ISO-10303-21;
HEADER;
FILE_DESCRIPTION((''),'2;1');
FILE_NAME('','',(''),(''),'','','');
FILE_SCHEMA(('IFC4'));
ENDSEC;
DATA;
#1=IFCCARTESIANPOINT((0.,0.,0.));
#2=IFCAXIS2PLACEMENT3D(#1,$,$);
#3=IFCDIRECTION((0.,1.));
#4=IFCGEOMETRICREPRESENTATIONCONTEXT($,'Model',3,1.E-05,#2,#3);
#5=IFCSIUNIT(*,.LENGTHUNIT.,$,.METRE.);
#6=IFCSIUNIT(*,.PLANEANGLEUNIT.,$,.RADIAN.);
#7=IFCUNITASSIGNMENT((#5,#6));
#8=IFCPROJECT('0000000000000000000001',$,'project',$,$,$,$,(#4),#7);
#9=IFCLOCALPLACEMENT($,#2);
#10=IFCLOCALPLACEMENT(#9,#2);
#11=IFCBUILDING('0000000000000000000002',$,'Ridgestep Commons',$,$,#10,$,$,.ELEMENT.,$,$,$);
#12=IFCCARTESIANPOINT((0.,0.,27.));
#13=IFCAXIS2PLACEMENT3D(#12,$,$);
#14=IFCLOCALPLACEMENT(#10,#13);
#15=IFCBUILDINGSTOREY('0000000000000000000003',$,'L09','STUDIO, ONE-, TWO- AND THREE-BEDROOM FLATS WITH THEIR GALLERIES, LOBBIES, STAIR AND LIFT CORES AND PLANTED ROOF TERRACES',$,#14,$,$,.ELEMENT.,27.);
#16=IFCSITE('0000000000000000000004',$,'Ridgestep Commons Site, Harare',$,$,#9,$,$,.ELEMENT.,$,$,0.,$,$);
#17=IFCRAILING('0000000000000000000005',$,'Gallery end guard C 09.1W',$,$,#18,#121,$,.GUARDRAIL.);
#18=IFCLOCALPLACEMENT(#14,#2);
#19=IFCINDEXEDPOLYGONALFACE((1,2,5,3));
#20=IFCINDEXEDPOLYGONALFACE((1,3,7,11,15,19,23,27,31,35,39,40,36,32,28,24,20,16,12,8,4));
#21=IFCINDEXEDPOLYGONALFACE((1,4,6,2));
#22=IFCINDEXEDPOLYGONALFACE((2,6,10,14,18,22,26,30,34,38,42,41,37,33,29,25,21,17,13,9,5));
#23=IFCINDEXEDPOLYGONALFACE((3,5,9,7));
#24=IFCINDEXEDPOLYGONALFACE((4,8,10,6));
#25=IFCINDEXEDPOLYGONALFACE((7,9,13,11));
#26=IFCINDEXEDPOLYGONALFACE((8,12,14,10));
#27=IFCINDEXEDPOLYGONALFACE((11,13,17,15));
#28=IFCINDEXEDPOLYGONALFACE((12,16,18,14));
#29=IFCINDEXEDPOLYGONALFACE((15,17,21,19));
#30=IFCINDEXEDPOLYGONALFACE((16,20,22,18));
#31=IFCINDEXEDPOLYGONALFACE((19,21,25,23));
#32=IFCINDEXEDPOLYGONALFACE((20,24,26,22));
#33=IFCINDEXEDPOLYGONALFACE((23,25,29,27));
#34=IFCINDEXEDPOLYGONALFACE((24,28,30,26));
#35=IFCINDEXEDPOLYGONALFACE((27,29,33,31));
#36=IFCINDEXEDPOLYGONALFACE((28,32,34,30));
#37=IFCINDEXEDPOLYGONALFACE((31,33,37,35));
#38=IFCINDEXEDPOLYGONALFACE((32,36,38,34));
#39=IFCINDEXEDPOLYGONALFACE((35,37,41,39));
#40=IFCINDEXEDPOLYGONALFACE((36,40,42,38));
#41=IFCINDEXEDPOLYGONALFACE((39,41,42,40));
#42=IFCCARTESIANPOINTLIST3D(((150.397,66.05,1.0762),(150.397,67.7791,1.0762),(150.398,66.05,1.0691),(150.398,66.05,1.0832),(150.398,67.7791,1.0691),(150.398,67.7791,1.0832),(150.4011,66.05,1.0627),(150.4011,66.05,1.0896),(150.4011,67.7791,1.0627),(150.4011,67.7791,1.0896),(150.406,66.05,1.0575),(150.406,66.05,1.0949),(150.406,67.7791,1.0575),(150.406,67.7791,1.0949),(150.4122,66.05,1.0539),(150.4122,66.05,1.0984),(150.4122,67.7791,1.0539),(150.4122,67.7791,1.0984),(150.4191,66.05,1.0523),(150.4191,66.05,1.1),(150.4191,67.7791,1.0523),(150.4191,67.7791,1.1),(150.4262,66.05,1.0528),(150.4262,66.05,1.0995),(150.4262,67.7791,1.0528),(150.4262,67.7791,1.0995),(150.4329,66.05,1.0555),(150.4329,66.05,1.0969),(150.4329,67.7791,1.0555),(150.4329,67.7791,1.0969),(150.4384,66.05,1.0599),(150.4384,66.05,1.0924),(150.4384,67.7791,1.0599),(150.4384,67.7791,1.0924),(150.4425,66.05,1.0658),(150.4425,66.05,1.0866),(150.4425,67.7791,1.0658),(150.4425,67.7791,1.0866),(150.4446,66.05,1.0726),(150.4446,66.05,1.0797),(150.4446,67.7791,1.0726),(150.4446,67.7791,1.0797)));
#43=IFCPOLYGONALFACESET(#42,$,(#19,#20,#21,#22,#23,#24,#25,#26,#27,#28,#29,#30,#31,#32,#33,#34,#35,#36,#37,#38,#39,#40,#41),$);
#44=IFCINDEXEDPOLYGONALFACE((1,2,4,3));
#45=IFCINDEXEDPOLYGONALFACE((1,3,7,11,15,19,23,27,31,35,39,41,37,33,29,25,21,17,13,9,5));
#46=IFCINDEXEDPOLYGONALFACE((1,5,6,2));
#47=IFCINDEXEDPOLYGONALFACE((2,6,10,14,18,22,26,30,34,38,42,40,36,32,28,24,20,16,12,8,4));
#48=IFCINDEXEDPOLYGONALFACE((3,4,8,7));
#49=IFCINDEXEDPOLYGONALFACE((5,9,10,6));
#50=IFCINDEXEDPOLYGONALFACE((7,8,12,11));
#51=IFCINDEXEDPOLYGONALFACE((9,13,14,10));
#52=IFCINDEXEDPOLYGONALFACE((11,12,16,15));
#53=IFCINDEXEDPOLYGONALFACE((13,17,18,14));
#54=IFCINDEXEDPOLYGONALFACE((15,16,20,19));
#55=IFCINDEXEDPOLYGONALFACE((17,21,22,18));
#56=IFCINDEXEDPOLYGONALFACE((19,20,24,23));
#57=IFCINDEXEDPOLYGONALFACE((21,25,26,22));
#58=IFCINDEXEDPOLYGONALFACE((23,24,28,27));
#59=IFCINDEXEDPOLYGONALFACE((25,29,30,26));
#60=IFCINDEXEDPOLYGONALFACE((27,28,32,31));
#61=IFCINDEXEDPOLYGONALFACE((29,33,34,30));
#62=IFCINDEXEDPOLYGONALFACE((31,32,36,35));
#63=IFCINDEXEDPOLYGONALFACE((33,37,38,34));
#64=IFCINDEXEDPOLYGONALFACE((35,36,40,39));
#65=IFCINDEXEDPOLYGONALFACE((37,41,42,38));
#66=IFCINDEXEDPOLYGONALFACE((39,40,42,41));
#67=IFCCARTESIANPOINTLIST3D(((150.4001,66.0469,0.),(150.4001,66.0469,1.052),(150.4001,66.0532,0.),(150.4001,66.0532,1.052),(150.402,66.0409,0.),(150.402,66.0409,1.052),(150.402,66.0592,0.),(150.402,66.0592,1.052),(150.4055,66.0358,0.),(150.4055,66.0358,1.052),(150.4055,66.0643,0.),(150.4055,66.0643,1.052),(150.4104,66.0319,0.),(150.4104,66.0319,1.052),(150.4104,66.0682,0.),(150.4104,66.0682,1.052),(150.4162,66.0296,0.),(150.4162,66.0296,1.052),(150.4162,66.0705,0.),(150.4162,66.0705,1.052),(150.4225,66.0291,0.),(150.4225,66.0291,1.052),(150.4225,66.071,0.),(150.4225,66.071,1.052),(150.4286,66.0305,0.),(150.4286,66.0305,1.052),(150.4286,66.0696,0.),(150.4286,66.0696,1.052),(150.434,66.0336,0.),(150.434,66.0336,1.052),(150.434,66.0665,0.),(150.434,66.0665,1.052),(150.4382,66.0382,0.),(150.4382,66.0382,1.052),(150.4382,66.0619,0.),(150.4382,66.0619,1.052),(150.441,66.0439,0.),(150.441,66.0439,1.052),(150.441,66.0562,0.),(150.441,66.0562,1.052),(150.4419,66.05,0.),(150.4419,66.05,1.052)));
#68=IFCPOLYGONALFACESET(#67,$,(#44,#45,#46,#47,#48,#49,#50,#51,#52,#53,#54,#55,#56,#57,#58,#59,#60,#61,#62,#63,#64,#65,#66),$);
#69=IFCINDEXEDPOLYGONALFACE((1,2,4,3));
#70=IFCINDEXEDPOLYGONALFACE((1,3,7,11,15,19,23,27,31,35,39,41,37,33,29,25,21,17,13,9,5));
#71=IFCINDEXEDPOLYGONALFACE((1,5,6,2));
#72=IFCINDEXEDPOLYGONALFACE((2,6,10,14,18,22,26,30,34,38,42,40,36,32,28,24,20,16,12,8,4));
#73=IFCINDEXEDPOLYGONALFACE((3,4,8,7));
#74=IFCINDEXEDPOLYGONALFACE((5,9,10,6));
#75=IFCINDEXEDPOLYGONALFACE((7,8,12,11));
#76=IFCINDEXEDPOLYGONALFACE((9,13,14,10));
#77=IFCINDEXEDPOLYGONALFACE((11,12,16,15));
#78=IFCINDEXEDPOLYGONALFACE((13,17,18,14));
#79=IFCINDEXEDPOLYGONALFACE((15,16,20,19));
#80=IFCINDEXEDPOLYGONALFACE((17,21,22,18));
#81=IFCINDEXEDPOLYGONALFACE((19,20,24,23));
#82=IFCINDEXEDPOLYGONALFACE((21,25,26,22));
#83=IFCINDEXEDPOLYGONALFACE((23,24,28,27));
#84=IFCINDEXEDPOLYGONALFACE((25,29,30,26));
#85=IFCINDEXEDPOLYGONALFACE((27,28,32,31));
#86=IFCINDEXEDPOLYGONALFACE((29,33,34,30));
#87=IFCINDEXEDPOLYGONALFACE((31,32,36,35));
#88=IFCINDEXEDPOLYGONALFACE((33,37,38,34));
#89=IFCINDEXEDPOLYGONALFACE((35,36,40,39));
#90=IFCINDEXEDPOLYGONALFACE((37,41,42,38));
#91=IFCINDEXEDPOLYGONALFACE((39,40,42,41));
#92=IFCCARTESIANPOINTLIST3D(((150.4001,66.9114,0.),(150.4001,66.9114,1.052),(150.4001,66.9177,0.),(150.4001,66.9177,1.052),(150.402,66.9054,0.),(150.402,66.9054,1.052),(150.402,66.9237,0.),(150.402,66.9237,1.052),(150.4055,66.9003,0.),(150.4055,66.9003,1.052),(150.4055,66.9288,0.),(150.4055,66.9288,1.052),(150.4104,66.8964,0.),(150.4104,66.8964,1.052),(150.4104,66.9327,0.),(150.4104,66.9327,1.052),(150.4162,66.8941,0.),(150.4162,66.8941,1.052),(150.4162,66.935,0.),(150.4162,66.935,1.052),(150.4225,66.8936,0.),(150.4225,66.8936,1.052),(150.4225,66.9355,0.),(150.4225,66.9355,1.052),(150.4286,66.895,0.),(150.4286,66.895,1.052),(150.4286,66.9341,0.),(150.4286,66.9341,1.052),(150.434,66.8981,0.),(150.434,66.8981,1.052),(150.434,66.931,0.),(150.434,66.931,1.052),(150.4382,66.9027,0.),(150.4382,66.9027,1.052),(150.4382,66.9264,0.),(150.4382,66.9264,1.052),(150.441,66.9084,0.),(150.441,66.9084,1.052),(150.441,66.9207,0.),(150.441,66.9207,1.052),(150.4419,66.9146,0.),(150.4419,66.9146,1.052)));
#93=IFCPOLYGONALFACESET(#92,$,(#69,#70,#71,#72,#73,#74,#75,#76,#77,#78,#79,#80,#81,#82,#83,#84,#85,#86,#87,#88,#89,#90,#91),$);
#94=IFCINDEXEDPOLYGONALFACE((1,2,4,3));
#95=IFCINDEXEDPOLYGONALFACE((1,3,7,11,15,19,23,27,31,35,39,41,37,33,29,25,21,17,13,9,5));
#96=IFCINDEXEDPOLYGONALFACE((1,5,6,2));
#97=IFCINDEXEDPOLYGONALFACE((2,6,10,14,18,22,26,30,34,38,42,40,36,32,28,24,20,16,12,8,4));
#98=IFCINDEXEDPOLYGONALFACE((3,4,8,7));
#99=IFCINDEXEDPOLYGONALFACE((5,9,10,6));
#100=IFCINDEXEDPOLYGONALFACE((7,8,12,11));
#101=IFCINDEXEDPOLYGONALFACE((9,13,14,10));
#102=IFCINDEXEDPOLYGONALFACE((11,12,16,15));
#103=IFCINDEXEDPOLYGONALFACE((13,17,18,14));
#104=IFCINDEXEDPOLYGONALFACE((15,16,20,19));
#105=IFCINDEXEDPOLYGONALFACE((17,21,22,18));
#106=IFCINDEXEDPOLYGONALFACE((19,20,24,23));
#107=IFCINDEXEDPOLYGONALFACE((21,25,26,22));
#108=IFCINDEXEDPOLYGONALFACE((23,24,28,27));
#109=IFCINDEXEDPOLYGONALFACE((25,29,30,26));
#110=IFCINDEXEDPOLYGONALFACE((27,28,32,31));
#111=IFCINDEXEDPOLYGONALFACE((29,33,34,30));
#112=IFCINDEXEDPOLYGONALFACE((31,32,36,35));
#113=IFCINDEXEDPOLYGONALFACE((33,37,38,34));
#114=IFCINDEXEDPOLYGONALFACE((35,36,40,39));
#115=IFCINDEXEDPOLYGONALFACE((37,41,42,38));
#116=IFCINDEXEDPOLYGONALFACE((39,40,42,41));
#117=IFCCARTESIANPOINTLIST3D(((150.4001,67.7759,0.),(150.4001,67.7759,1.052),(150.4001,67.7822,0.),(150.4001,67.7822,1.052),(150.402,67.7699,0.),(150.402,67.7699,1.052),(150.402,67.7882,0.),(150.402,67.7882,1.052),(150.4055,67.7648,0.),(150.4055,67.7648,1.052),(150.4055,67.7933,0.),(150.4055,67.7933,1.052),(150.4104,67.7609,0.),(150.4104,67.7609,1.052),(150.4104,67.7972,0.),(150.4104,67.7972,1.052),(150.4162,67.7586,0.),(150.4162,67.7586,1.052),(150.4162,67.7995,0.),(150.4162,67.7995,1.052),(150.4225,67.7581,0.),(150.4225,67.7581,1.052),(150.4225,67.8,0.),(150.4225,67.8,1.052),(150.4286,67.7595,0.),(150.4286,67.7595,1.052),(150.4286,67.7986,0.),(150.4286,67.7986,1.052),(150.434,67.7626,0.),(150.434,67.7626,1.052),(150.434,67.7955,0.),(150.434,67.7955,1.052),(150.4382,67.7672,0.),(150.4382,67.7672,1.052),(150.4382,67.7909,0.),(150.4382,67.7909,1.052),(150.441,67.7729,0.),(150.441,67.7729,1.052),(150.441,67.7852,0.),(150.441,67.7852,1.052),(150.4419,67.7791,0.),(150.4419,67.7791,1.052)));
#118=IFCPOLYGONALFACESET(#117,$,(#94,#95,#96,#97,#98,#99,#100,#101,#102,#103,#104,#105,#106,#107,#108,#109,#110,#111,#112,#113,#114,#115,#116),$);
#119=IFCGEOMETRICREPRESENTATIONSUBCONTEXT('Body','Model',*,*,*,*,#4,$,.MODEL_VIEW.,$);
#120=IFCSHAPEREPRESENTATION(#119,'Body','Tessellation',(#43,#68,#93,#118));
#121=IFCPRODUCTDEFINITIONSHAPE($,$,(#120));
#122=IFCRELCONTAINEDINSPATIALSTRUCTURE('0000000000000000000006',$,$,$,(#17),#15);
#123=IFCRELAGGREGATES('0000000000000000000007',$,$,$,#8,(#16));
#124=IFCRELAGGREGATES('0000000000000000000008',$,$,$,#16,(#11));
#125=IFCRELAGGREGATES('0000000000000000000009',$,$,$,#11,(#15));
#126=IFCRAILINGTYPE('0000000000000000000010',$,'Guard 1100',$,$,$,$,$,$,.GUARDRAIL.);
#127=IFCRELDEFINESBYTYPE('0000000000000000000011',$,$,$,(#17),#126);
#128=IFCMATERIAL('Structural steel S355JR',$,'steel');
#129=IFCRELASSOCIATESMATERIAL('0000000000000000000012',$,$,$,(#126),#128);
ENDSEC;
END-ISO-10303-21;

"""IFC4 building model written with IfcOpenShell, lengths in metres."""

from ifc_helpers import new_model, si_unit, direction, frame, origin, origin_2d, place, context, subcontext, project, spatial, circle, extrude, material, type_object, element, save


model = new_model("IFC4")

# Units and contexts
model_context = context("Model", 3, precision=1e-05, world=origin(), true_north=direction((0.0, 1.0)))
body_context = subcontext(model_context, "Body", "Model", "MODEL_VIEW")
ifc_project = project(units=[si_unit("LENGTHUNIT", "METRE"), si_unit("PLANEANGLEUNIT", "RADIAN")], contexts=[model_context])

# Site, building, storey
site_placement = place(None, origin())
site = spatial("IfcSite", under=ifc_project, at=site_placement, Name="Ridgestep Commons Site, Harare", CompositionType="ELEMENT", RefElevation=0.0)
building_placement = place(site_placement, origin())
building = spatial("IfcBuilding", under=site, at=building_placement, Name="Ridgestep Commons", CompositionType="ELEMENT")
storey_placement = place(building_placement, frame((0.0, 0.0, 27.0)))
storey = spatial("IfcBuildingStorey", under=building, at=storey_placement, Name="L09", Description="STUDIO, ONE-, TWO- AND THREE-BEDROOM FLATS WITH THEIR GALLERIES, LOBBIES, STAIR AND LIFT CORES AND PLANTED ROOF TERRACES", CompositionType="ELEMENT", Elevation=27.0)

# Railing
ifc_material_1 = material(Name="Structural steel S355JR", Category="steel")
railing_type = type_object("IfcRailingType", Name="Guard 1100", PredefinedType="GUARDRAIL", material=ifc_material_1)
railing_1_placement = place(storey_placement, frame((150.4209, 66.05, 0.0)))
element("IfcRailing", 1, at=railing_1_placement, inside=storey, type_object=railing_type, Name="Gallery end guard C 09.1W", PredefinedType="GUARDRAIL", context=body_context, shape_type="SweptSolid", body=[
    extrude(circle(Radius=0.0239, at=origin_2d()), frame((0.0, 0.0, 1.0762), z_axis=(0.0, 1.0, 0.0), x_axis=(-1.0, 0.0, 0.0)), (0.0, 0.0, 1.0), 1.729),
    extrude(circle(Radius=0.021, at=origin_2d()), origin(), (0.0, 0.0, 1.0), 1.052),
    extrude(circle(Radius=0.021, at=origin_2d()), frame((0.0, 0.8645, 0.0)), (0.0, 0.0, 1.0), 1.052),
    extrude(circle(Radius=0.021, at=origin_2d()), frame((0.0, 1.729, 0.0)), (0.0, 0.0, 1.0), 1.052),
])

save(model, "model.ifc")
